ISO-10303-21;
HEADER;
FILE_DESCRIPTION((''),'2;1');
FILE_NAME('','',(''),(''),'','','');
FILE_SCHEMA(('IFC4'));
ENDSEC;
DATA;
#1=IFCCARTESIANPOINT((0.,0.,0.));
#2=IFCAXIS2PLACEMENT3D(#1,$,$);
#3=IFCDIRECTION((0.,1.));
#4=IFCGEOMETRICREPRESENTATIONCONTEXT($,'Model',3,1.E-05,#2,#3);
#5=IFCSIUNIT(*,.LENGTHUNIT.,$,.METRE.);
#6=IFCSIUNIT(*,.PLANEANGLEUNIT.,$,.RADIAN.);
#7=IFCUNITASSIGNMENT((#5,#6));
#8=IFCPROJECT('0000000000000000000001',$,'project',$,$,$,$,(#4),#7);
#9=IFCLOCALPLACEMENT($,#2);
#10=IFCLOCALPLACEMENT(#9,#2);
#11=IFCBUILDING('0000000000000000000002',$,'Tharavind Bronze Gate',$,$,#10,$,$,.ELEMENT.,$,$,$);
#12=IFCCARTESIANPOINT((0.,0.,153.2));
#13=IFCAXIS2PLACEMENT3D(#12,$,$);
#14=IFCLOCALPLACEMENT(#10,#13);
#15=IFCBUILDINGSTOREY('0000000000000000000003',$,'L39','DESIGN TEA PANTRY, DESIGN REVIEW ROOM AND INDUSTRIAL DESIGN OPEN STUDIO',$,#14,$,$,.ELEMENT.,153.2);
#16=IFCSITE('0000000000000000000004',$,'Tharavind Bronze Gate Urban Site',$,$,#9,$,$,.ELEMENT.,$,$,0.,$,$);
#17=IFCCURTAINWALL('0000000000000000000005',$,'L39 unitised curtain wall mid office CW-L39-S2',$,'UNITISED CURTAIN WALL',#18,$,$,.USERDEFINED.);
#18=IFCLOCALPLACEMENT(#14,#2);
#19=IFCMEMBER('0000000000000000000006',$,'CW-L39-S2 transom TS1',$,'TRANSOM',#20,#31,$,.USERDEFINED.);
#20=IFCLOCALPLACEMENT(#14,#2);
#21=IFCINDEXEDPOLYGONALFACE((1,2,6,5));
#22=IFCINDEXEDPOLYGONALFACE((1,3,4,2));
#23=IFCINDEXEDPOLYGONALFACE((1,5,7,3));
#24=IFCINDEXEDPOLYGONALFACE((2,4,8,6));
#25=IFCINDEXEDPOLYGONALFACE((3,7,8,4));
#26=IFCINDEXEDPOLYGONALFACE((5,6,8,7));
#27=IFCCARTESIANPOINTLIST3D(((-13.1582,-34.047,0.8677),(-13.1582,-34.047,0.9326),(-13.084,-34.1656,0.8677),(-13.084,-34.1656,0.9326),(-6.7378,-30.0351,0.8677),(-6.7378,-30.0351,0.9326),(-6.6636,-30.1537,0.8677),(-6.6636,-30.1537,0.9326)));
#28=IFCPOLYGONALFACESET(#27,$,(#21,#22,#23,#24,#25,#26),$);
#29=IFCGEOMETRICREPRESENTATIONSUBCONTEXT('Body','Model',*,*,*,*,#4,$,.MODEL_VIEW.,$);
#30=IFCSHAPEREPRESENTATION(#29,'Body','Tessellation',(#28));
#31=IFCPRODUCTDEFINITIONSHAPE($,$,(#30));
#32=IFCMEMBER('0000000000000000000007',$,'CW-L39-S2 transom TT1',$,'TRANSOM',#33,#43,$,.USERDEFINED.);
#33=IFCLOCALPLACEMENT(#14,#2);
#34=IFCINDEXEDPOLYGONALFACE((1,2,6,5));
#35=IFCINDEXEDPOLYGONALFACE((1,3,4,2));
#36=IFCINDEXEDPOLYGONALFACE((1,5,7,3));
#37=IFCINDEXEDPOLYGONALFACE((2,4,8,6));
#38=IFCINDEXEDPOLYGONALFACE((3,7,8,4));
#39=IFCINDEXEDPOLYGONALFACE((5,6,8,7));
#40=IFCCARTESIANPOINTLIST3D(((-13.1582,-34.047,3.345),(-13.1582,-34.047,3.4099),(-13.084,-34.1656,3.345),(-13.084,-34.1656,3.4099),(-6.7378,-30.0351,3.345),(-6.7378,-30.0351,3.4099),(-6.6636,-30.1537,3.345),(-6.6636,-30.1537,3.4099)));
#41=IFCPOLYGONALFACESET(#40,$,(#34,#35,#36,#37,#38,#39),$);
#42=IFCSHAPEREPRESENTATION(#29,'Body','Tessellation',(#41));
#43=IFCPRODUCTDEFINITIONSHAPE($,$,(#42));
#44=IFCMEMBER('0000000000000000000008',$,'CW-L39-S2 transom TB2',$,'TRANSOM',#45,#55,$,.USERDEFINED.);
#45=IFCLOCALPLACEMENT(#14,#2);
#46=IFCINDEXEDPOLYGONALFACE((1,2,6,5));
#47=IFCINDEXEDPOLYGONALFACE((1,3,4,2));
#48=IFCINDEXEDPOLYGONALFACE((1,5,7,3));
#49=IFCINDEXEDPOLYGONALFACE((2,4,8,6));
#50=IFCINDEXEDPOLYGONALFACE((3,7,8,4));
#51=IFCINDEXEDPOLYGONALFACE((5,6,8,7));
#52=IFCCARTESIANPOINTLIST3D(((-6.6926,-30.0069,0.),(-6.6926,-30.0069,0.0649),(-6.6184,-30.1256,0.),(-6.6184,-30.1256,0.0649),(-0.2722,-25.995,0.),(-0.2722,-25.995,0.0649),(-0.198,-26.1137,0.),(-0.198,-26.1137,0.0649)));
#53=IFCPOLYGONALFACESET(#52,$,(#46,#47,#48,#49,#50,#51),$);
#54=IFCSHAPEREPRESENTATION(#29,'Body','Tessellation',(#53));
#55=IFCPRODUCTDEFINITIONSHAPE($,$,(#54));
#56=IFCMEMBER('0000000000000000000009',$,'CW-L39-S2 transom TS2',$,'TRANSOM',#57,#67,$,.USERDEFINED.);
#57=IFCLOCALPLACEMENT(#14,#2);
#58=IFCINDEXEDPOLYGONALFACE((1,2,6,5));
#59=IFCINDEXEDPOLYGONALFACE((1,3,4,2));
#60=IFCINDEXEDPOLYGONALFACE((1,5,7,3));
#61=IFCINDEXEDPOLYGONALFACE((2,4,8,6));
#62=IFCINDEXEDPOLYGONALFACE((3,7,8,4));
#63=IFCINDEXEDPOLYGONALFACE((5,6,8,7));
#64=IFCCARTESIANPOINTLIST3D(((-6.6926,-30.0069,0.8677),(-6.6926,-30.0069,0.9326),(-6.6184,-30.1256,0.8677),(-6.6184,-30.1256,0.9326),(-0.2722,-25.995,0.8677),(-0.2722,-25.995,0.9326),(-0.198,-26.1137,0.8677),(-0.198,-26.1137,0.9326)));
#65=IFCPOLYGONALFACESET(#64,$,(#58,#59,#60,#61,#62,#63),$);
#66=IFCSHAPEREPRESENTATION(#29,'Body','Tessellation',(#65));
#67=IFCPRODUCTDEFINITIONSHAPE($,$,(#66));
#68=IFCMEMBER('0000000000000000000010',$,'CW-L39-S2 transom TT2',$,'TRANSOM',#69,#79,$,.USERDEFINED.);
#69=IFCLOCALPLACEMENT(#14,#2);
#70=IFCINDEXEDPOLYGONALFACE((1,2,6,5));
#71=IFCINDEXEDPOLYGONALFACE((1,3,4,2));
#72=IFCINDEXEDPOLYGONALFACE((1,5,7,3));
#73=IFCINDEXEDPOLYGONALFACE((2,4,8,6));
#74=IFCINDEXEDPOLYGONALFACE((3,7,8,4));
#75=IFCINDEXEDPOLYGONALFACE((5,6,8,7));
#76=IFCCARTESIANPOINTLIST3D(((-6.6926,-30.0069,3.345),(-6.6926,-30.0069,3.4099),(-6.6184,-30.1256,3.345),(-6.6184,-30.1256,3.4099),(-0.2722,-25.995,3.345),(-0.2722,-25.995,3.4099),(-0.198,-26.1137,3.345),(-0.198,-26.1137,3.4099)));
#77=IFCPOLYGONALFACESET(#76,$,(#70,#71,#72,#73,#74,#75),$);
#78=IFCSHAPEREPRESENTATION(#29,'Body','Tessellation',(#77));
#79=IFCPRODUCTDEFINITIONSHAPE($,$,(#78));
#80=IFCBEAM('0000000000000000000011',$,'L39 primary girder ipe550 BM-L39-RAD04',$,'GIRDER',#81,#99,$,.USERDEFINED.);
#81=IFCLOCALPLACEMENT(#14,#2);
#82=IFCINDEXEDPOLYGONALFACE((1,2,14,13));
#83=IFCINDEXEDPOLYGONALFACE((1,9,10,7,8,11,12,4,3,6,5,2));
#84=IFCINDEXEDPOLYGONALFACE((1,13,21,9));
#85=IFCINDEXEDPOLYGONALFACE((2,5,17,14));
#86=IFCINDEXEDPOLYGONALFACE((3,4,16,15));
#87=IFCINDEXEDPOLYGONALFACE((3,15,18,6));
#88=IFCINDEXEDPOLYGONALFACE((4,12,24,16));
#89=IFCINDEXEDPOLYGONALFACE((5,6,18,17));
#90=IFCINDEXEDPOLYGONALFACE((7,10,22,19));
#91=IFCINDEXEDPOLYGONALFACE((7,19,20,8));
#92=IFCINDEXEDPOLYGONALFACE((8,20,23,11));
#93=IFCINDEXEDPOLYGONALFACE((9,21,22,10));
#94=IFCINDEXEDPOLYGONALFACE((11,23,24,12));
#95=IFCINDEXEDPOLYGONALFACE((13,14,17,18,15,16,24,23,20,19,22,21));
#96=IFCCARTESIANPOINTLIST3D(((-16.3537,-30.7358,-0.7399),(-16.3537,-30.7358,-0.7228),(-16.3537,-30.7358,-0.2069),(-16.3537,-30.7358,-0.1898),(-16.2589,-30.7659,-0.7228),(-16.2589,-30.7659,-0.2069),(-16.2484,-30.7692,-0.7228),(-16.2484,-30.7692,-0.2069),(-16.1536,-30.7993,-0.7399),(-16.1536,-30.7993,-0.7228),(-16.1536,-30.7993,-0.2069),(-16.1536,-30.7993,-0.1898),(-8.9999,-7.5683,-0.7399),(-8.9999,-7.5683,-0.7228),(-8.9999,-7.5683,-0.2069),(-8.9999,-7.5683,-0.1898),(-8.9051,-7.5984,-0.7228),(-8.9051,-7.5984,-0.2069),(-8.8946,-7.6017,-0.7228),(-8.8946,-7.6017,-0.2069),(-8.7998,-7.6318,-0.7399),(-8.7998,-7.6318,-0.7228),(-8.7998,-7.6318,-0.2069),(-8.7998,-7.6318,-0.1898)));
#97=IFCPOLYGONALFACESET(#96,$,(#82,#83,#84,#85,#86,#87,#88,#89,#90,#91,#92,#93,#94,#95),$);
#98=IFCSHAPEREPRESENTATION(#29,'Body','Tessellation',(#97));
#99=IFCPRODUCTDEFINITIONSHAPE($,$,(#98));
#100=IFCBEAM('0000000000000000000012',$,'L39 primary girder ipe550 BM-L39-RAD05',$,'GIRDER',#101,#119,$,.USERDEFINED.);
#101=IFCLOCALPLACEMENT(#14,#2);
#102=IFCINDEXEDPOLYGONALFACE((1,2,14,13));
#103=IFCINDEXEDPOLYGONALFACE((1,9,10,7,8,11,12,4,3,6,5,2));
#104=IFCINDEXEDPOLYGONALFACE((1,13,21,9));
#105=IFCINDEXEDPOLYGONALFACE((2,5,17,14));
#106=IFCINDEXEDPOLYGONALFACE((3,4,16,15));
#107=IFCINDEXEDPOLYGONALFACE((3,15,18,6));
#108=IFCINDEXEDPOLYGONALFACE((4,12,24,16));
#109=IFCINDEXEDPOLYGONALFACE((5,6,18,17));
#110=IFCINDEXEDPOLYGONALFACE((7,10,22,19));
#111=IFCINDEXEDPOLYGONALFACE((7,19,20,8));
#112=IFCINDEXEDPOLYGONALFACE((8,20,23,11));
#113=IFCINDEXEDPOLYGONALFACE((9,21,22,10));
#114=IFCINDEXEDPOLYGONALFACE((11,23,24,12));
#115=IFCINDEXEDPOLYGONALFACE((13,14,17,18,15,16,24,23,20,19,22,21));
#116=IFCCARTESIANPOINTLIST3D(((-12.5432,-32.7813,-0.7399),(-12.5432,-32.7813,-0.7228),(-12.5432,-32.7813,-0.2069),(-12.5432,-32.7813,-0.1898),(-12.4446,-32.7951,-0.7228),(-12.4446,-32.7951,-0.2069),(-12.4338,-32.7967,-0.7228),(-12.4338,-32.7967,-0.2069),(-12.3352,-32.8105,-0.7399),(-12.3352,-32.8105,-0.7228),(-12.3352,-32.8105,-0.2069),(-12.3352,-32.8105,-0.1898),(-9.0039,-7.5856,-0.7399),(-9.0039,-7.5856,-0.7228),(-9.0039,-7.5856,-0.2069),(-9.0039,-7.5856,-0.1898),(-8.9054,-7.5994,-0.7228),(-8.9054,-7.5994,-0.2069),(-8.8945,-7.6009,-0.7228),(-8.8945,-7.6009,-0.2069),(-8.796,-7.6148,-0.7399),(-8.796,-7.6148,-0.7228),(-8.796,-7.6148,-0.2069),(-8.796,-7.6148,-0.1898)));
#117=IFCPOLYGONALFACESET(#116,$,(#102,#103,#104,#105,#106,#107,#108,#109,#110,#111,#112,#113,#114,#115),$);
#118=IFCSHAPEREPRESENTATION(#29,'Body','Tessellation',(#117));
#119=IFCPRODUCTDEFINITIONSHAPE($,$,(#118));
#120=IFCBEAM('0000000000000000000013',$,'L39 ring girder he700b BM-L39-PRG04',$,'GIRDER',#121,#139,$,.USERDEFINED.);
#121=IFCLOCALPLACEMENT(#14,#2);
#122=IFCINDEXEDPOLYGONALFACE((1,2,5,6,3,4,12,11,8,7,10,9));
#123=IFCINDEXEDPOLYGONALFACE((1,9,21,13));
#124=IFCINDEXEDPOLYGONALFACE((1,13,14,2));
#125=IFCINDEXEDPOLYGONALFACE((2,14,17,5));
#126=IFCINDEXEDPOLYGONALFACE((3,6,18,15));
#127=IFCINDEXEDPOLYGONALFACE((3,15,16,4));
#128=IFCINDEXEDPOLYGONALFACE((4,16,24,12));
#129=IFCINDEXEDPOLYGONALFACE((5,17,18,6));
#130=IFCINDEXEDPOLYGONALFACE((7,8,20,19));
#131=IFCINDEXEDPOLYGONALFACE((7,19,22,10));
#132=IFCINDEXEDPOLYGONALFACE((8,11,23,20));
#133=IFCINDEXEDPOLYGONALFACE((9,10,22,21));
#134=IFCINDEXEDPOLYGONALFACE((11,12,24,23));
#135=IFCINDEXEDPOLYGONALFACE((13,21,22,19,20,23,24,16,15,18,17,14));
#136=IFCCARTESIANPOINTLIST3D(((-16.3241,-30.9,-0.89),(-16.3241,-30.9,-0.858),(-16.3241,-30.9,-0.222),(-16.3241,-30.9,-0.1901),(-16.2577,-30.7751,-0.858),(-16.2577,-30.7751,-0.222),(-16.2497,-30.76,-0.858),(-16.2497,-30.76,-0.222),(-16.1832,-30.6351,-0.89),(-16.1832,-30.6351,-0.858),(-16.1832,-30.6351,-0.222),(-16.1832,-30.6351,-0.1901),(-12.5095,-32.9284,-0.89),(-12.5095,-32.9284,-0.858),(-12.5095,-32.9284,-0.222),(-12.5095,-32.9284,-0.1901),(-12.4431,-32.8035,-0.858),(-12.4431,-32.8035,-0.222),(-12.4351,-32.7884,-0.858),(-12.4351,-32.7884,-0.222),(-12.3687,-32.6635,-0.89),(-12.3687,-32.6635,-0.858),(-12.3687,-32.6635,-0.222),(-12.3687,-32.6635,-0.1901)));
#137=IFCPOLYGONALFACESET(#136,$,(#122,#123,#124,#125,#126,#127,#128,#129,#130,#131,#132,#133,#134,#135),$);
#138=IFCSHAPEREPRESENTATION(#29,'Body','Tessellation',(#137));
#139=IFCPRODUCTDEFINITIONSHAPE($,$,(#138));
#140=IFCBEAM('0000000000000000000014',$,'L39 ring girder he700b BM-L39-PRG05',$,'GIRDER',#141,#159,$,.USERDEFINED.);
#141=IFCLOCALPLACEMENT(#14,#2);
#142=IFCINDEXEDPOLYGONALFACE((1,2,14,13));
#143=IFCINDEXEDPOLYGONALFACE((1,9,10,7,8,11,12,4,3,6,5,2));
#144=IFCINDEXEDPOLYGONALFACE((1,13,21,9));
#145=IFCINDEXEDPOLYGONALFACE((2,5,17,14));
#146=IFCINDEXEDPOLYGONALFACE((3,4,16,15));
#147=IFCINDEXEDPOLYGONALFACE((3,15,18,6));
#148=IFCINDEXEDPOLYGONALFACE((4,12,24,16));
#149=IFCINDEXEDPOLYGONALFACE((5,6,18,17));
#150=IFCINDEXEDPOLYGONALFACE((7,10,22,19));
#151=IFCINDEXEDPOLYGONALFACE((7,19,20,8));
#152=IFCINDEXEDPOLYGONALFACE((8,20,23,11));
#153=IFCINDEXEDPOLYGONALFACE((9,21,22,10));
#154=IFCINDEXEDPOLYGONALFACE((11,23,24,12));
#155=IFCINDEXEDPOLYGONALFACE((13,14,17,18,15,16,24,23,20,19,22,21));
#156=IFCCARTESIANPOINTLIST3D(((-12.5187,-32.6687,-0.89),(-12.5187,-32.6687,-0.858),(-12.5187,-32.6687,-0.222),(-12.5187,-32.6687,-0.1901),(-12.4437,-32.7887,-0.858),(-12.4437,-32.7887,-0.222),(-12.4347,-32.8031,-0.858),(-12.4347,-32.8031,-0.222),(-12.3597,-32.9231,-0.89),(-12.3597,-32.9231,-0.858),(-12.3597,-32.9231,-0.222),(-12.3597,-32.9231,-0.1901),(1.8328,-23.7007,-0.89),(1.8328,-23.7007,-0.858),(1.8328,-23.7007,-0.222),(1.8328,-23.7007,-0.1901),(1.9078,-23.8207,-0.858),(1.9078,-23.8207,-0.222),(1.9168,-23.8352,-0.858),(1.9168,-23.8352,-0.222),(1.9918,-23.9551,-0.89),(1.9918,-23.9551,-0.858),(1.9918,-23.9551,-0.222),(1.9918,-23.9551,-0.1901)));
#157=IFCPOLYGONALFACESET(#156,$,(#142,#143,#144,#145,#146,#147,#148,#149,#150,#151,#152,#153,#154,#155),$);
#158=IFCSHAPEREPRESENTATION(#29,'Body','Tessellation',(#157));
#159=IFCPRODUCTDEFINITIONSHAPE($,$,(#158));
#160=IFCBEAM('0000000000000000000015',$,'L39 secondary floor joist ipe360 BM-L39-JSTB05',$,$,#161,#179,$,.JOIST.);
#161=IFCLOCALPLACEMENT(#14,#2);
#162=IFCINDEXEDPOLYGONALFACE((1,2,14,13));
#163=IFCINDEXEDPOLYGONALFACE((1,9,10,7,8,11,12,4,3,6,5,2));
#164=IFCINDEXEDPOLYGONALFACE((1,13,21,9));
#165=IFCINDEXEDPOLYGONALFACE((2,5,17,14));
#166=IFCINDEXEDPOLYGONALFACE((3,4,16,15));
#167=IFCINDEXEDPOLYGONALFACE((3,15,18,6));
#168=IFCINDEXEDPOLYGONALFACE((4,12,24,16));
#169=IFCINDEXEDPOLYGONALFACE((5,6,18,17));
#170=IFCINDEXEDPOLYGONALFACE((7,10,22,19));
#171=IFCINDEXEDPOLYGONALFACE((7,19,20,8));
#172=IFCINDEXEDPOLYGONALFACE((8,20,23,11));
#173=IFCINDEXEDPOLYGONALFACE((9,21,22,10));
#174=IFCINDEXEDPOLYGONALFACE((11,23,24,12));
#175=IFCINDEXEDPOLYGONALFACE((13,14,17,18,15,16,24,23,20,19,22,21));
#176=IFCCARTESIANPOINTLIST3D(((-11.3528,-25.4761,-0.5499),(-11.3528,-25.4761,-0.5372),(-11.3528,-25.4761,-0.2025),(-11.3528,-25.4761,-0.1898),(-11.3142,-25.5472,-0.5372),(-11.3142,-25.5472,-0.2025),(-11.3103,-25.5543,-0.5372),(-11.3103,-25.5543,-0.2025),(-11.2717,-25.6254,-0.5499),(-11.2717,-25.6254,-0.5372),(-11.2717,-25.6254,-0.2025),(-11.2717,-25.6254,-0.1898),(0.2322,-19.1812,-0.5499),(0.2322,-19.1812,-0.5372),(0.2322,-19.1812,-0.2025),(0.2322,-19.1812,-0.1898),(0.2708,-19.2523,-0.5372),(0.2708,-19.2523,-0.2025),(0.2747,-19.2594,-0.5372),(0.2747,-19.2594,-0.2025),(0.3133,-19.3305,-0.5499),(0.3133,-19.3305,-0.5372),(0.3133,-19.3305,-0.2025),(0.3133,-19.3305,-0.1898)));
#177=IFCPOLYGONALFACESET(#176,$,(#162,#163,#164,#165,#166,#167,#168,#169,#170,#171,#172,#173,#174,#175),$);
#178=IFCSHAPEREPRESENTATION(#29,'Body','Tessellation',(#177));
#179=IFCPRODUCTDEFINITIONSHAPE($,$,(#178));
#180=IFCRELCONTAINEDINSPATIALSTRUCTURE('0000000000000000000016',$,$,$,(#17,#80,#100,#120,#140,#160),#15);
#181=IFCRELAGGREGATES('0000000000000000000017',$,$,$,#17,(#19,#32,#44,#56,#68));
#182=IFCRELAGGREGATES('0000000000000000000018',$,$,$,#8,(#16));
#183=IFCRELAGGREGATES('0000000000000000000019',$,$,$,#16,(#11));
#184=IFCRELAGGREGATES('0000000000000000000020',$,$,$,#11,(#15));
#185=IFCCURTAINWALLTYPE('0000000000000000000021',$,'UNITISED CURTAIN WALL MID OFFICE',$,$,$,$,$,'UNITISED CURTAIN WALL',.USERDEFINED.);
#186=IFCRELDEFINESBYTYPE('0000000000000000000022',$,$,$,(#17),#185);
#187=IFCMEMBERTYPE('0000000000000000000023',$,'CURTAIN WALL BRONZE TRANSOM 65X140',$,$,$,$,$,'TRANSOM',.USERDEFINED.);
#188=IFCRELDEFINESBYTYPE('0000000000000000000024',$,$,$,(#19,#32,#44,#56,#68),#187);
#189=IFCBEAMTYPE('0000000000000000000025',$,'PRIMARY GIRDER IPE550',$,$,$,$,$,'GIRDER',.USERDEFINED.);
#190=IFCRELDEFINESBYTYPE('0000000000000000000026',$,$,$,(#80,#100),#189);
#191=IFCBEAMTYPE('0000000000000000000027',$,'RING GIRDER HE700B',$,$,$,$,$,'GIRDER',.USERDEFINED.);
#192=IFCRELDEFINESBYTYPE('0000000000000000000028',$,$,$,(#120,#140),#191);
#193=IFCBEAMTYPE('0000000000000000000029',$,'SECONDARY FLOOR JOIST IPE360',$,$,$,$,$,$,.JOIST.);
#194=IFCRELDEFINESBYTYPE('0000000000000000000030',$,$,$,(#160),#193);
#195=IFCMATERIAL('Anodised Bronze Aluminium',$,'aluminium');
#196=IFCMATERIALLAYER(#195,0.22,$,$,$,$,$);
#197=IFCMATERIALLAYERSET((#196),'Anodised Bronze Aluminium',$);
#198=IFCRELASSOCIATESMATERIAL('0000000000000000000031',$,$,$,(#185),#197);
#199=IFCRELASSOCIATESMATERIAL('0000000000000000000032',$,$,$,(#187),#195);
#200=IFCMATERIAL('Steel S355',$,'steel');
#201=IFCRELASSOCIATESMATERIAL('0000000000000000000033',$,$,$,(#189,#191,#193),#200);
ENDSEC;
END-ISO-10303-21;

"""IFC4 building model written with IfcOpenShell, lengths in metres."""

from ifc_helpers import new_model, si_unit, direction, frame, origin, origin_2d, place, context, subcontext, project, spatial, rectangle, i_section, extrude, material, layer, layer_set, material_profile, profile_set, type_object, element, aggregate, save


model = new_model("IFC4")

# Units and contexts
model_context = context("Model", 3, precision=1e-05, world=origin(), true_north=direction((0.0, 1.0)))
body_context = subcontext(model_context, "Body", "Model", "MODEL_VIEW")
ifc_project = project(units=[si_unit("LENGTHUNIT", "METRE"), si_unit("PLANEANGLEUNIT", "RADIAN")], contexts=[model_context])

# Site, building, storey
site_placement = place(None, origin())
site = spatial("IfcSite", under=ifc_project, at=site_placement, Name="Tharavind Bronze Gate Urban Site", CompositionType="ELEMENT", RefElevation=0.0)
building_placement = place(site_placement, origin())
building = spatial("IfcBuilding", under=site, at=building_placement, Name="Tharavind Bronze Gate", CompositionType="ELEMENT")
storey_placement = place(building_placement, frame((0.0, 0.0, 153.2)))
storey = spatial("IfcBuildingStorey", under=building, at=storey_placement, Name="L39", Description="DESIGN TEA PANTRY, DESIGN REVIEW ROOM AND INDUSTRIAL DESIGN OPEN STUDIO", CompositionType="ELEMENT", Elevation=153.2)

# Curtain wall
ifc_material_1 = material(Name="Anodised Bronze Aluminium", Category="aluminium")
ifc_layer_1 = layer(ifc_material_1, 0.22)
ifc_layer_set_1 = layer_set([ifc_layer_1], Name="Anodised Bronze Aluminium")
curtain_wall_type = type_object("IfcCurtainWallType", Name="UNITISED CURTAIN WALL MID OFFICE", ElementType="UNITISED CURTAIN WALL", PredefinedType="USERDEFINED", material=ifc_layer_set_1)
curtain_wall_1_placement = place(storey_placement, origin())
curtain_wall_1 = element("IfcCurtainWall", 1, at=curtain_wall_1_placement, inside=storey, type_object=curtain_wall_type, Name="L39 unitised curtain wall mid office CW-L39-S2", ObjectType="UNITISED CURTAIN WALL", PredefinedType="USERDEFINED")

# Members
member_type_1 = type_object("IfcMemberType", Name="CURTAIN WALL BRONZE TRANSOM 65X140", ElementType="TRANSOM", PredefinedType="USERDEFINED", material=ifc_material_1)
member_1_placement = place(storey_placement, frame((-9.9109, -32.1003, 0.8677), z_axis=(0.0, 0.0, 1.0), x_axis=(0.848048, 0.529919, 0.0)))
member_1 = element("IfcMember", 2, at=member_1_placement, type_object=member_type_1, Name="CW-L39-S2 transom TS1", ObjectType="TRANSOM", PredefinedType="USERDEFINED", context=body_context, shape_type="SweptSolid", body=[
    extrude(rectangle(XDim=7.5708, YDim=0.1399, at=origin_2d()), origin(), (0.0, 0.0, 1.0), 0.0649),
])
member_2_placement = place(storey_placement, frame((-9.9109, -32.1003, 3.345), z_axis=(0.0, 0.0, 1.0), x_axis=(0.848048, 0.529919, 0.0)))
member_2 = element("IfcMember", 3, at=member_2_placement, type_object=member_type_1, Name="CW-L39-S2 transom TT1", ObjectType="TRANSOM", PredefinedType="USERDEFINED", context=body_context, shape_type="SweptSolid", body=[
    extrude(rectangle(XDim=7.5708, YDim=0.1399, at=origin_2d()), origin(), (0.0, 0.0, 1.0), 0.0649),
])
member_3_placement = place(storey_placement, frame((-3.4453, -28.0603, 0.0), z_axis=(0.0, 0.0, 1.0), x_axis=(0.848048, 0.529919, 0.0)))
member_3 = element("IfcMember", 4, at=member_3_placement, type_object=member_type_1, Name="CW-L39-S2 transom TB2", ObjectType="TRANSOM", PredefinedType="USERDEFINED", context=body_context, shape_type="SweptSolid", body=[
    extrude(rectangle(XDim=7.5708, YDim=0.1399, at=origin_2d()), origin(), (0.0, 0.0, 1.0), 0.0649),
])
member_4_placement = place(storey_placement, frame((-3.4453, -28.0603, 0.8677), z_axis=(0.0, 0.0, 1.0), x_axis=(0.848048, 0.529919, 0.0)))
member_4 = element("IfcMember", 5, at=member_4_placement, type_object=member_type_1, Name="CW-L39-S2 transom TS2", ObjectType="TRANSOM", PredefinedType="USERDEFINED", context=body_context, shape_type="SweptSolid", body=[
    extrude(rectangle(XDim=7.5708, YDim=0.1399, at=origin_2d()), origin(), (0.0, 0.0, 1.0), 0.0649),
])
member_5_placement = place(storey_placement, frame((-3.4453, -28.0603, 3.345), z_axis=(0.0, 0.0, 1.0), x_axis=(0.848048, 0.529919, 0.0)))
member_5 = element("IfcMember", 6, at=member_5_placement, type_object=member_type_1, Name="CW-L39-S2 transom TT2", ObjectType="TRANSOM", PredefinedType="USERDEFINED", context=body_context, shape_type="SweptSolid", body=[
    extrude(rectangle(XDim=7.5708, YDim=0.1399, at=origin_2d()), origin(), (0.0, 0.0, 1.0), 0.0649),
])

# Beams
ifc_material_2 = material(Name="Steel S355", Category="steel")
ifc_material_profile_1 = material_profile(ifc_material_2, i_section(OverallWidth=0.21, OverallDepth=0.55, WebThickness=0.011, FlangeThickness=0.0171, at=origin_2d()), Name="IPE550")
ifc_profile_set_1 = profile_set([ifc_material_profile_1], Name="Steel S355")
beam_type_1 = type_object("IfcBeamType", Name="PRIMARY GIRDER IPE550", ElementType="GIRDER", PredefinedType="USERDEFINED", material=ifc_profile_set_1)
beam_1_placement = place(storey_placement, frame((-16.2537, -30.7676, -0.4648), z_axis=(0.302542, 0.953136, 0.0), x_axis=(-0.953136, 0.302542, 0.0)))
element("IfcBeam", 7, at=beam_1_placement, inside=storey, type_object=beam_type_1, Name="L39 primary girder ipe550 BM-L39-RAD04", ObjectType="GIRDER", PredefinedType="USERDEFINED", context=body_context, shape_type="SweptSolid", body=[
    extrude(i_section(OverallWidth=0.21, OverallDepth=0.55, WebThickness=0.011, FlangeThickness=0.0171, at=origin_2d()), origin(), (0.0, 0.0, 1.0), 24.3066),
])
beam_2_placement = place(storey_placement, frame((-12.4392, -32.7959, -0.4648), z_axis=(0.139106, 0.990277, 0.0), x_axis=(-0.990277, 0.139106, 0.0)))
element("IfcBeam", 8, at=beam_2_placement, inside=storey, type_object=beam_type_1, Name="L39 primary girder ipe550 BM-L39-RAD05", ObjectType="GIRDER", PredefinedType="USERDEFINED", context=body_context, shape_type="SweptSolid", body=[
    extrude(i_section(OverallWidth=0.21, OverallDepth=0.55, WebThickness=0.011, FlangeThickness=0.0171, at=origin_2d()), origin(), (0.0, 0.0, 1.0), 25.4431),
])
ifc_material_profile_2 = material_profile(ifc_material_2, i_section(OverallWidth=0.3, OverallDepth=0.7, WebThickness=0.0171, FlangeThickness=0.032, at=origin_2d()), Name="HE700B")
ifc_profile_set_2 = profile_set([ifc_material_profile_2], Name="Steel S355")
beam_type_2 = type_object("IfcBeamType", Name="RING GIRDER HE700B", ElementType="GIRDER", PredefinedType="USERDEFINED", material=ifc_profile_set_2)
beam_3_placement = place(storey_placement, frame((-16.2537, -30.7676, -0.54), z_axis=(0.882934, -0.469497, 0.0), x_axis=(0.469497, 0.882934, 0.0)))
element("IfcBeam", 9, at=beam_3_placement, inside=storey, type_object=beam_type_2, Name="L39 ring girder he700b BM-L39-PRG04", ObjectType="GIRDER", PredefinedType="USERDEFINED", context=body_context, shape_type="SweptSolid", body=[
    extrude(i_section(OverallWidth=0.3, OverallDepth=0.7, WebThickness=0.0171, FlangeThickness=0.032, at=origin_2d()), origin(), (0.0, 0.0, 1.0), 4.3203),
])
beam_4_placement = place(storey_placement, frame((-12.4392, -32.7959, -0.54), z_axis=(0.848044, 0.529926, 0.0), x_axis=(-0.529926, 0.848044, 0.0)))
element("IfcBeam", 10, at=beam_4_placement, inside=storey, type_object=beam_type_2, Name="L39 ring girder he700b BM-L39-PRG05", ObjectType="GIRDER", PredefinedType="USERDEFINED", context=body_context, shape_type="SweptSolid", body=[
    extrude(i_section(OverallWidth=0.3, OverallDepth=0.7, WebThickness=0.0171, FlangeThickness=0.032, at=origin_2d()), origin(), (0.0, 0.0, 1.0), 16.9231),
])
ifc_material_profile_3 = material_profile(ifc_material_2, i_section(OverallWidth=0.1699, OverallDepth=0.3601, WebThickness=0.0081, FlangeThickness=0.0127, at=origin_2d()), Name="IPE360")
ifc_profile_set_3 = profile_set([ifc_material_profile_3], Name="Steel S355")
beam_type_3 = type_object("IfcBeamType", Name="SECONDARY FLOOR JOIST IPE360", PredefinedType="JOIST", material=ifc_profile_set_3)
beam_5_placement = place(storey_placement, frame((-11.3123, -25.5508, -0.3699), z_axis=(0.878664, 0.47744, 0.0), x_axis=(-0.47744, 0.878664, 0.0)))
element("IfcBeam", 11, at=beam_5_placement, inside=storey, type_object=beam_type_3, Name="L39 secondary floor joist ipe360 BM-L39-JSTB05", PredefinedType="JOIST", context=body_context, shape_type="SweptSolid", body=[
    extrude(i_section(OverallWidth=0.1699, OverallDepth=0.3601, WebThickness=0.0081, FlangeThickness=0.0127, at=origin_2d()), origin(), (0.0, 0.0, 1.0), 13.1848),
])

aggregate(curtain_wall_1, [member_1, member_2, member_3, member_4, member_5])

save(model, "model.ifc")
